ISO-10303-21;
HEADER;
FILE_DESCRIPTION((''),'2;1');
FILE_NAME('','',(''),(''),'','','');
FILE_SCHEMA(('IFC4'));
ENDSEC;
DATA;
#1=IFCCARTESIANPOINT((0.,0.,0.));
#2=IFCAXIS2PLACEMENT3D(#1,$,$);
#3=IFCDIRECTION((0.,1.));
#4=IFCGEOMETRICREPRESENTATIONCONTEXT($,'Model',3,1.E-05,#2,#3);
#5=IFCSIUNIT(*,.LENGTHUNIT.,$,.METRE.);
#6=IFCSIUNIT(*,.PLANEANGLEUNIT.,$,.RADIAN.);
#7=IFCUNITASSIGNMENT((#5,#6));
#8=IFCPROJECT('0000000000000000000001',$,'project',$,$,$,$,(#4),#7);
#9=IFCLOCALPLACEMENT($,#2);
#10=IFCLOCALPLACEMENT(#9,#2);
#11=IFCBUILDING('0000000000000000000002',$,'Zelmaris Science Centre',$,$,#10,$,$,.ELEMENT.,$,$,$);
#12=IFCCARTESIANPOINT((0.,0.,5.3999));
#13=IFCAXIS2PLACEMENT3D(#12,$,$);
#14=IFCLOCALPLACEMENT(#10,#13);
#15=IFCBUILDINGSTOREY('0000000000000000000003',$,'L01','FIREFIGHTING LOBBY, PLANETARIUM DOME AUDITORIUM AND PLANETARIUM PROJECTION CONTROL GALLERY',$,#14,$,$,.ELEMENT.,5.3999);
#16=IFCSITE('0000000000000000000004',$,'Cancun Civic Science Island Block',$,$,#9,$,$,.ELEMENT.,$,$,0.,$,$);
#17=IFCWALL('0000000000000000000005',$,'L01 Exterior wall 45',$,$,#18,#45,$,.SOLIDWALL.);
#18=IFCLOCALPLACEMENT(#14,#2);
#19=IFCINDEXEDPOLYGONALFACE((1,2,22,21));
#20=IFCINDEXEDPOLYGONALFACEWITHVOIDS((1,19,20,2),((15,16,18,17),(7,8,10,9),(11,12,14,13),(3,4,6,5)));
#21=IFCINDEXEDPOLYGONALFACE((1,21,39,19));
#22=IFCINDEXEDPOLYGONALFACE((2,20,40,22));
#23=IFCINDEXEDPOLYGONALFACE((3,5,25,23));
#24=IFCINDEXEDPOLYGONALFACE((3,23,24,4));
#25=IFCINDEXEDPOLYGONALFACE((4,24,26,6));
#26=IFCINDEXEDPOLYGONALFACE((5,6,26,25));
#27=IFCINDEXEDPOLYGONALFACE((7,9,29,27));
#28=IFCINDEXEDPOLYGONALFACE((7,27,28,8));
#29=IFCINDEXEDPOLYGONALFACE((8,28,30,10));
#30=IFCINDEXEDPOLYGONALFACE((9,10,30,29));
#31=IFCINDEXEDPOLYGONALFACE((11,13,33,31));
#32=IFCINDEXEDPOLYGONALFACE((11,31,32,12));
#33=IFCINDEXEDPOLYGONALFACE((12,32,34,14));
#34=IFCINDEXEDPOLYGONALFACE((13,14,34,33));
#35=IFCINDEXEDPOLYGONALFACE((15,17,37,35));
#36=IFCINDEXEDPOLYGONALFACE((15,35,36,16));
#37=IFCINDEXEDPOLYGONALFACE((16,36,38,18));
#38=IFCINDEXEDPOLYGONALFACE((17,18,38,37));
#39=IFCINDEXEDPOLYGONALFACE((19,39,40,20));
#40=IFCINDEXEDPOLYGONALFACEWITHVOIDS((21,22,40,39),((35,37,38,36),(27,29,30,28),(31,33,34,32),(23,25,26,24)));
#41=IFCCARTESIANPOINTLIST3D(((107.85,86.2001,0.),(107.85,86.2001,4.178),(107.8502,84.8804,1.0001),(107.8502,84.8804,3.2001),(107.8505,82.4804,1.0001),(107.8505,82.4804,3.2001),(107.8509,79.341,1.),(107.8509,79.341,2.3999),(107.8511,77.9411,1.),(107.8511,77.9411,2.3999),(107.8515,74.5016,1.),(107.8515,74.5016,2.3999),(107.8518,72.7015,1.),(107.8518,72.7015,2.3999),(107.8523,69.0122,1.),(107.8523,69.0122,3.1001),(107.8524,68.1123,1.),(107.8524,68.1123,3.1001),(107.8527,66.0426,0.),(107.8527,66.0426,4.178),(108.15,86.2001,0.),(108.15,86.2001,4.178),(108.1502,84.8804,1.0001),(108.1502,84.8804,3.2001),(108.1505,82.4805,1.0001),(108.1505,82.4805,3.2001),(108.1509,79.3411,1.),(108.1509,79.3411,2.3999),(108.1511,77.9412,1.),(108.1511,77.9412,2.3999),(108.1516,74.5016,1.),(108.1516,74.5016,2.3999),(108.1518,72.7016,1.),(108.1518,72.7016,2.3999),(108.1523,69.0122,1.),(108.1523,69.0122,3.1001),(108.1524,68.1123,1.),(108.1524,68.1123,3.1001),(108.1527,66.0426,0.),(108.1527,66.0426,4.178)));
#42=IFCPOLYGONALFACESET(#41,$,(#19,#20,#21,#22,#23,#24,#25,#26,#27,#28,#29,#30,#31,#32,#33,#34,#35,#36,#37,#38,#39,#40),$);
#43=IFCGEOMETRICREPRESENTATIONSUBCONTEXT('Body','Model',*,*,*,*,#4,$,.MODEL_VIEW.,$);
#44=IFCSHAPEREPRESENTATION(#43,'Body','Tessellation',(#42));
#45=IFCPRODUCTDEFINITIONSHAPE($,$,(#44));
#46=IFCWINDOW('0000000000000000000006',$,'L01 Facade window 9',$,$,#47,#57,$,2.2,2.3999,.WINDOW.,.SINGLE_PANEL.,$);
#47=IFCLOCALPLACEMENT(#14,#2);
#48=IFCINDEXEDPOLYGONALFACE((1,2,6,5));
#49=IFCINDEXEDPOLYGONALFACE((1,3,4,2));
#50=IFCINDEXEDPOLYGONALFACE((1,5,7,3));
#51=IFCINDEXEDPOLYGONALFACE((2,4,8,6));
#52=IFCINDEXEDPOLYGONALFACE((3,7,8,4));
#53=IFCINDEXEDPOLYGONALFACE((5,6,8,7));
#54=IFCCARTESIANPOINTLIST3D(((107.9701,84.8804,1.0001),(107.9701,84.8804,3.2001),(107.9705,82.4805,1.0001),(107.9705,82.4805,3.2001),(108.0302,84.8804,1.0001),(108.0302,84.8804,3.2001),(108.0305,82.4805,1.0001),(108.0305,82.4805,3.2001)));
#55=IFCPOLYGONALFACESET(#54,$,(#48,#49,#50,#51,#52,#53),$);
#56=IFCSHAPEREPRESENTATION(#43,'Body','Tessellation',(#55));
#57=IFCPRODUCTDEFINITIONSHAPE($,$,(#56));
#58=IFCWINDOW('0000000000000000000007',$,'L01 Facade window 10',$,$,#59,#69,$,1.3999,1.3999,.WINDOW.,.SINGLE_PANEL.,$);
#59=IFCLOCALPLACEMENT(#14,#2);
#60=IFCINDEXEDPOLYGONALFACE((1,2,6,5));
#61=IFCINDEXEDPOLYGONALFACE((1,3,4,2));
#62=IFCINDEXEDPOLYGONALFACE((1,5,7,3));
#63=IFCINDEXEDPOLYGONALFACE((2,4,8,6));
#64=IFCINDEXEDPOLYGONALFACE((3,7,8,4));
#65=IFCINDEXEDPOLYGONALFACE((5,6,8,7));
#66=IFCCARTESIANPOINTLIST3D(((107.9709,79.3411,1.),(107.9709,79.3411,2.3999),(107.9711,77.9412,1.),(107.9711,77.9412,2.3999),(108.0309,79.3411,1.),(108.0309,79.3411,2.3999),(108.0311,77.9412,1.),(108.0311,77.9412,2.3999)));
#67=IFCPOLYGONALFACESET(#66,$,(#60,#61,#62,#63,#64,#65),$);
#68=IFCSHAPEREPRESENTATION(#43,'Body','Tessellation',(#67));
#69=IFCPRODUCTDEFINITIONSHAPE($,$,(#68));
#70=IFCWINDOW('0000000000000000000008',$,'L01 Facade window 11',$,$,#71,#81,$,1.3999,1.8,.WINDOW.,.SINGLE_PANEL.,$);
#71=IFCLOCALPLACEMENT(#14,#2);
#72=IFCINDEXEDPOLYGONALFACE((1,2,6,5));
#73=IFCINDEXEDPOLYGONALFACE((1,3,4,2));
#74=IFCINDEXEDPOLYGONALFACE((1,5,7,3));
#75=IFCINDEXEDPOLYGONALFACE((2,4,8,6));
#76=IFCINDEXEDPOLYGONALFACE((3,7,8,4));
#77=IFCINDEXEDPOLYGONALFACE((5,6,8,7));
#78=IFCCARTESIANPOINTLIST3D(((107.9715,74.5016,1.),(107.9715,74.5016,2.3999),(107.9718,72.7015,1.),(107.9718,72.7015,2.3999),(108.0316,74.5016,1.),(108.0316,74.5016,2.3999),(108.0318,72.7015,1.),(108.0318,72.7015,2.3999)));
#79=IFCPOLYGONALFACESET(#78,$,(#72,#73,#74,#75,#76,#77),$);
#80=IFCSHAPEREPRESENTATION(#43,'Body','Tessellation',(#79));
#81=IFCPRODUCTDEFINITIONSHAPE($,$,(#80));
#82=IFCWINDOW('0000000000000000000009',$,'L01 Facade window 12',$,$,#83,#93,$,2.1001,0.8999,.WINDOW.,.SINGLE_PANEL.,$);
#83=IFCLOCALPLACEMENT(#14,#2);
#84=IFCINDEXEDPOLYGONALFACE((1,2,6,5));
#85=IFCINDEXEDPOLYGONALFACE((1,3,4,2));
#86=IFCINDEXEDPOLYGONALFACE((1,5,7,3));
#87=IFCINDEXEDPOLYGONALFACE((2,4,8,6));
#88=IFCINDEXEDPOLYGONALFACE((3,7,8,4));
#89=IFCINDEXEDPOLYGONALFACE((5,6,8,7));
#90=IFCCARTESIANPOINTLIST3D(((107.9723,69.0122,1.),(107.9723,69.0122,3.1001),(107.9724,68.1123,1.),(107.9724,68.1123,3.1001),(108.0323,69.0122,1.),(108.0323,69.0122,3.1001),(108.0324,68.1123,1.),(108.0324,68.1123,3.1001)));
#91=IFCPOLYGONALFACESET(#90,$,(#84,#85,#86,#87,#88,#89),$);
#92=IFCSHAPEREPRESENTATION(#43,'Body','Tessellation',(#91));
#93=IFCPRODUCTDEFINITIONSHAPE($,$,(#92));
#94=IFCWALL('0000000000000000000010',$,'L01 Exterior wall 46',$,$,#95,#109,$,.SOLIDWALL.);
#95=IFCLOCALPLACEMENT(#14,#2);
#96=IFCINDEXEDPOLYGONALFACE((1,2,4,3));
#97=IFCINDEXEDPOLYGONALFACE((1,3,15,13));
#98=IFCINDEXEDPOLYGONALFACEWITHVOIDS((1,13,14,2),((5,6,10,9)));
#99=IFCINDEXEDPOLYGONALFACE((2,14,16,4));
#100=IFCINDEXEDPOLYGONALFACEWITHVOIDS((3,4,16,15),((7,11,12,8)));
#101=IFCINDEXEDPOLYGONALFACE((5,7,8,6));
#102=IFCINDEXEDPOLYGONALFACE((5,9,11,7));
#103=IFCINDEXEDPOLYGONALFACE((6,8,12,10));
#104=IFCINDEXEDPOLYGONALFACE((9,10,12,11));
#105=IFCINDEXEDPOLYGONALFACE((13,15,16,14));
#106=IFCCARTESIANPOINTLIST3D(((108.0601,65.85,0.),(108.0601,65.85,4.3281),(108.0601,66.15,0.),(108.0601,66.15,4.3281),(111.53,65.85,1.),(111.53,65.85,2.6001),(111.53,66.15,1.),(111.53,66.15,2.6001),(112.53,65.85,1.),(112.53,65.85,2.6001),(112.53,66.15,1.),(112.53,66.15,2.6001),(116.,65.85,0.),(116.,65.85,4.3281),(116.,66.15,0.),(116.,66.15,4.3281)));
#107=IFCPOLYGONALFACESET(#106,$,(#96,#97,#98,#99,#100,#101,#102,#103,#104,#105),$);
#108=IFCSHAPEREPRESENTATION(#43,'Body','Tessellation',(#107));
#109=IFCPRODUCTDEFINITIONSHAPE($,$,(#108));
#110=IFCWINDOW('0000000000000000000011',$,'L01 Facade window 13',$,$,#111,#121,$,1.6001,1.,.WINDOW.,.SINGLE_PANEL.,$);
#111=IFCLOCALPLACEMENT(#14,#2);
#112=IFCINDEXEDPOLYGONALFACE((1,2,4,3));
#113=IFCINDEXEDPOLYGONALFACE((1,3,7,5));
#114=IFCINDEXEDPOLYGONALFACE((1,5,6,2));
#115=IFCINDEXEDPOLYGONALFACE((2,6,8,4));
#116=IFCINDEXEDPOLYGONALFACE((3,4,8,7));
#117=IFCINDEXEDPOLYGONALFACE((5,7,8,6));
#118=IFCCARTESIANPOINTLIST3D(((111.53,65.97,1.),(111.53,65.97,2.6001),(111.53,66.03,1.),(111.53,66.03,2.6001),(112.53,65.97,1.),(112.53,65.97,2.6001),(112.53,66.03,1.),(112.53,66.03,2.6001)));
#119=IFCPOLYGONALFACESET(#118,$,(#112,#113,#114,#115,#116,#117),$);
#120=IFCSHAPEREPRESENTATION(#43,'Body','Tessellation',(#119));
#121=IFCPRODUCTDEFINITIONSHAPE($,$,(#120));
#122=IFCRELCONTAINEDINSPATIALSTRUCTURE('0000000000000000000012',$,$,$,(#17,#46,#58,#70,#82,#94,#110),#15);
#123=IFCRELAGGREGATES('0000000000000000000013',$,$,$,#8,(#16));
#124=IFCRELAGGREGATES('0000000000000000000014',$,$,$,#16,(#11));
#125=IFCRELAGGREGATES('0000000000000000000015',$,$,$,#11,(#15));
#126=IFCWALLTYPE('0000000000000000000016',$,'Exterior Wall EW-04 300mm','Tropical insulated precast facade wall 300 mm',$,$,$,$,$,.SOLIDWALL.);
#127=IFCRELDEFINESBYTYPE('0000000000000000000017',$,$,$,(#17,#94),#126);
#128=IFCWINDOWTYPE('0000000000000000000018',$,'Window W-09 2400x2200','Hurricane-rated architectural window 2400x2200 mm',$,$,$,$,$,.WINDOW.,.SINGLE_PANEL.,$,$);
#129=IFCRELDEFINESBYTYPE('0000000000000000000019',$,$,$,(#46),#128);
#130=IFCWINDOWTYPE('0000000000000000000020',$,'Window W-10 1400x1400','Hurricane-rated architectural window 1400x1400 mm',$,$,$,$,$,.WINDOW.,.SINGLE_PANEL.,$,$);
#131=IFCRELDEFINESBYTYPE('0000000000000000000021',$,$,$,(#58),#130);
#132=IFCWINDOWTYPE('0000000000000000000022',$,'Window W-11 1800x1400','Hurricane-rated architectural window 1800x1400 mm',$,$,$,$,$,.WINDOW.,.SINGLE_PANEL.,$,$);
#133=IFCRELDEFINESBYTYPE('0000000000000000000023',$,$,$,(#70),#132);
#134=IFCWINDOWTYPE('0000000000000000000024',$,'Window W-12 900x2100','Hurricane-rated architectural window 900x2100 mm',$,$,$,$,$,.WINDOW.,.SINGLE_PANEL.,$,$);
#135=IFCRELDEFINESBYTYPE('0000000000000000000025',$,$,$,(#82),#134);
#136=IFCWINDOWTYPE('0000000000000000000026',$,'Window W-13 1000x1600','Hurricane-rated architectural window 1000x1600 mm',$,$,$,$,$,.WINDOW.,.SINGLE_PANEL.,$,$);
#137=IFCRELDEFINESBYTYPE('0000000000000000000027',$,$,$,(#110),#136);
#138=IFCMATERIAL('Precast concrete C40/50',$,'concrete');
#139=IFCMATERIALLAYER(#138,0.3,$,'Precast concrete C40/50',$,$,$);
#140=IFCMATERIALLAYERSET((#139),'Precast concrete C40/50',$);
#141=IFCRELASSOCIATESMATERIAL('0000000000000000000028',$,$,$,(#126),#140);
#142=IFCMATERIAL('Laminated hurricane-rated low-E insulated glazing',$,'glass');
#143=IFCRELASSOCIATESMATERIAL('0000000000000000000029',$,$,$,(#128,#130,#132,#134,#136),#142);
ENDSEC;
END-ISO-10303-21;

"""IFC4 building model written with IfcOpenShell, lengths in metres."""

from ifc_helpers import new_model, si_unit, direction, frame, frame_2d, origin, place, context, subcontext, project, spatial, rectangle, extrude, material, layer, layer_set, type_object, element, fill, save


model = new_model("IFC4")

# Units and contexts
model_context = context("Model", 3, precision=1e-05, world=origin(), true_north=direction((0.0, 1.0)))
body_context = subcontext(model_context, "Body", "Model", "MODEL_VIEW")
ifc_project = project(units=[si_unit("LENGTHUNIT", "METRE"), si_unit("PLANEANGLEUNIT", "RADIAN")], contexts=[model_context])

# Site, building, storey
site_placement = place(None, origin())
site = spatial("IfcSite", under=ifc_project, at=site_placement, Name="Cancun Civic Science Island Block", CompositionType="ELEMENT", RefElevation=0.0)
building_placement = place(site_placement, origin())
building = spatial("IfcBuilding", under=site, at=building_placement, Name="Zelmaris Science Centre", CompositionType="ELEMENT")
storey_placement = place(building_placement, frame((0.0, 0.0, 5.3999)))
storey = spatial("IfcBuildingStorey", under=building, at=storey_placement, Name="L01", Description="FIREFIGHTING LOBBY, PLANETARIUM DOME AUDITORIUM AND PLANETARIUM PROJECTION CONTROL GALLERY", CompositionType="ELEMENT", Elevation=5.3999)

# Shared definitions
ifc_material_1 = material(Name="Laminated hurricane-rated low-E insulated glazing", Category="glass")

# Wall, openings, windows
ifc_material_2 = material(Name="Precast concrete C40/50", Category="concrete")
ifc_layer_1 = layer(ifc_material_2, 0.3, Name="Precast concrete C40/50")
ifc_layer_set_1 = layer_set([ifc_layer_1], Name="Precast concrete C40/50")
wall_type = type_object("IfcWallType", Name="Exterior Wall EW-04 300mm", Description="Tropical insulated precast facade wall 300 mm", PredefinedType="SOLIDWALL", material=ifc_layer_set_1)
wall_1_placement = place(storey_placement, frame((108.0, 86.2, 0.0), z_axis=(0.0, 0.0, 1.0), x_axis=(0.000133, -1.0, 0.0)))
wall_1 = element("IfcWall", 1, at=wall_1_placement, inside=storey, type_object=wall_type, Name="L01 Exterior wall 45", PredefinedType="SOLIDWALL", context=body_context, shape_type="SweptSolid", body=[
    extrude(rectangle(XDim=20.1575, YDim=0.3, at=frame_2d((10.0786, 0.0))), origin(), (0.0, 0.0, 1.0), 4.178),
])
opening_1_placement = place(wall_1_placement, frame((1.3196, 0.0, 1.0)))
opening_1 = element("IfcOpeningElement", 2, at=opening_1_placement, cuts=wall_1, PredefinedType="OPENING", context=body_context, shape_type="SweptSolid", body=[
    extrude(rectangle(XDim=2.3999, YDim=2.2, at=frame_2d((1.2, 1.1001))), frame((0.0, 0.1599, 0.0), z_axis=(0.0, -1.0, 0.0), x_axis=(1.0, 0.0, 0.0)), (0.0, 0.0, 1.0), 0.3201),
])
opening_2_placement = place(wall_1_placement, frame((6.8589, 0.0, 1.0)))
opening_2 = element("IfcOpeningElement", 3, at=opening_2_placement, cuts=wall_1, PredefinedType="OPENING", context=body_context, shape_type="SweptSolid", body=[
    extrude(rectangle(XDim=1.3999, YDim=1.3999, at=frame_2d((0.7, 0.7))), frame((0.0, 0.1599, 0.0), z_axis=(0.0, -1.0, 0.0), x_axis=(1.0, 0.0, 0.0)), (0.0, 0.0, 1.0), 0.3201),
])
opening_3_placement = place(wall_1_placement, frame((11.6985, 0.0, 1.0)))
opening_3 = element("IfcOpeningElement", 4, at=opening_3_placement, cuts=wall_1, PredefinedType="OPENING", context=body_context, shape_type="SweptSolid", body=[
    extrude(rectangle(XDim=1.8, YDim=1.3999, at=frame_2d((0.8999, 0.7))), frame((0.0, 0.1599, 0.0), z_axis=(0.0, -1.0, 0.0), x_axis=(1.0, 0.0, 0.0)), (0.0, 0.0, 1.0), 0.3201),
])
opening_4_placement = place(wall_1_placement, frame((17.1877, 0.0, 1.0)))
opening_4 = element("IfcOpeningElement", 5, at=opening_4_placement, cuts=wall_1, PredefinedType="OPENING", context=body_context, shape_type="SweptSolid", body=[
    extrude(rectangle(XDim=0.8999, YDim=2.1001, at=frame_2d((0.45, 1.05))), frame((0.0, 0.1599, 0.0), z_axis=(0.0, -1.0, 0.0), x_axis=(1.0, 0.0, 0.0)), (0.0, 0.0, 1.0), 0.3201),
])
window_type_1 = type_object("IfcWindowType", Name="Window W-09 2400x2200", Description="Hurricane-rated architectural window 2400x2200 mm", PartitioningType="SINGLE_PANEL", PredefinedType="WINDOW", material=ifc_material_1)
window_1_placement = place(opening_1_placement, origin())
window_1 = element("IfcWindow", 6, at=window_1_placement, inside=storey, type_object=window_type_1, Name="L01 Facade window 9", OverallHeight=2.2, OverallWidth=2.3999, PartitioningType="SINGLE_PANEL", PredefinedType="WINDOW", context=body_context, shape_type="SweptSolid", body=[
    extrude(rectangle(XDim=2.3999, YDim=2.2, at=frame_2d((1.2, 1.1001))), frame((0.0, 0.03, 0.0), z_axis=(0.0, -1.0, 0.0), x_axis=(1.0, 0.0, 0.0)), (0.0, 0.0, 1.0), 0.0601),
])
fill(opening_1, window_1)
window_type_2 = type_object("IfcWindowType", Name="Window W-10 1400x1400", Description="Hurricane-rated architectural window 1400x1400 mm", PartitioningType="SINGLE_PANEL", PredefinedType="WINDOW", material=ifc_material_1)
window_2_placement = place(opening_2_placement, origin())
window_2 = element("IfcWindow", 7, at=window_2_placement, inside=storey, type_object=window_type_2, Name="L01 Facade window 10", OverallHeight=1.3999, OverallWidth=1.3999, PartitioningType="SINGLE_PANEL", PredefinedType="WINDOW", context=body_context, shape_type="SweptSolid", body=[
    extrude(rectangle(XDim=1.3999, YDim=1.3999, at=frame_2d((0.7, 0.7))), frame((0.0, 0.03, 0.0), z_axis=(0.0, -1.0, 0.0), x_axis=(1.0, 0.0, 0.0)), (0.0, 0.0, 1.0), 0.0601),
])
fill(opening_2, window_2)
window_type_3 = type_object("IfcWindowType", Name="Window W-11 1800x1400", Description="Hurricane-rated architectural window 1800x1400 mm", PartitioningType="SINGLE_PANEL", PredefinedType="WINDOW", material=ifc_material_1)
window_3_placement = place(opening_3_placement, origin())
window_3 = element("IfcWindow", 8, at=window_3_placement, inside=storey, type_object=window_type_3, Name="L01 Facade window 11", OverallHeight=1.3999, OverallWidth=1.8, PartitioningType="SINGLE_PANEL", PredefinedType="WINDOW", context=body_context, shape_type="SweptSolid", body=[
    extrude(rectangle(XDim=1.8, YDim=1.3999, at=frame_2d((0.8999, 0.7))), frame((0.0, 0.03, 0.0), z_axis=(0.0, -1.0, 0.0), x_axis=(1.0, 0.0, 0.0)), (0.0, 0.0, 1.0), 0.0601),
])
fill(opening_3, window_3)
window_type_4 = type_object("IfcWindowType", Name="Window W-12 900x2100", Description="Hurricane-rated architectural window 900x2100 mm", PartitioningType="SINGLE_PANEL", PredefinedType="WINDOW", material=ifc_material_1)
window_4_placement = place(opening_4_placement, origin())
window_4 = element("IfcWindow", 9, at=window_4_placement, inside=storey, type_object=window_type_4, Name="L01 Facade window 12", OverallHeight=2.1001, OverallWidth=0.8999, PartitioningType="SINGLE_PANEL", PredefinedType="WINDOW", context=body_context, shape_type="SweptSolid", body=[
    extrude(rectangle(XDim=0.8999, YDim=2.1001, at=frame_2d((0.45, 1.05))), frame((0.0, 0.03, 0.0), z_axis=(0.0, -1.0, 0.0), x_axis=(1.0, 0.0, 0.0)), (0.0, 0.0, 1.0), 0.0601),
])
fill(opening_4, window_4)

# Wall, opening, window
wall_2_placement = place(storey_placement, frame((108.0601, 66.0, 0.0), z_axis=(0.0, 0.0, 1.0), x_axis=(1.0, 0.0, 0.0)))
wall_2 = element("IfcWall", 10, at=wall_2_placement, inside=storey, type_object=wall_type, Name="L01 Exterior wall 46", PredefinedType="SOLIDWALL", context=body_context, shape_type="SweptSolid", body=[
    extrude(rectangle(XDim=7.9399, YDim=0.3, at=frame_2d((3.97, 0.0))), origin(), (0.0, 0.0, 1.0), 4.3281),
])
opening_5_placement = place(wall_2_placement, frame((3.47, 0.0, 1.0)))
opening_5 = element("IfcOpeningElement", 11, at=opening_5_placement, cuts=wall_2, PredefinedType="OPENING", context=body_context, shape_type="SweptSolid", body=[
    extrude(rectangle(XDim=1.0, YDim=1.6001, at=frame_2d((0.5, 0.8))), frame((0.0, 0.1599, 0.0), z_axis=(0.0, -1.0, 0.0), x_axis=(1.0, 0.0, 0.0)), (0.0, 0.0, 1.0), 0.3201),
])
window_type_5 = type_object("IfcWindowType", Name="Window W-13 1000x1600", Description="Hurricane-rated architectural window 1000x1600 mm", PartitioningType="SINGLE_PANEL", PredefinedType="WINDOW", material=ifc_material_1)
window_5_placement = place(opening_5_placement, origin())
window_5 = element("IfcWindow", 12, at=window_5_placement, inside=storey, type_object=window_type_5, Name="L01 Facade window 13", OverallHeight=1.6001, OverallWidth=1.0, PartitioningType="SINGLE_PANEL", PredefinedType="WINDOW", context=body_context, shape_type="SweptSolid", body=[
    extrude(rectangle(XDim=1.0, YDim=1.6001, at=frame_2d((0.5, 0.8))), frame((0.0, 0.03, 0.0), z_axis=(0.0, -1.0, 0.0), x_axis=(1.0, 0.0, 0.0)), (0.0, 0.0, 1.0), 0.0601),
])
fill(opening_5, window_5)

save(model, "model.ifc")
